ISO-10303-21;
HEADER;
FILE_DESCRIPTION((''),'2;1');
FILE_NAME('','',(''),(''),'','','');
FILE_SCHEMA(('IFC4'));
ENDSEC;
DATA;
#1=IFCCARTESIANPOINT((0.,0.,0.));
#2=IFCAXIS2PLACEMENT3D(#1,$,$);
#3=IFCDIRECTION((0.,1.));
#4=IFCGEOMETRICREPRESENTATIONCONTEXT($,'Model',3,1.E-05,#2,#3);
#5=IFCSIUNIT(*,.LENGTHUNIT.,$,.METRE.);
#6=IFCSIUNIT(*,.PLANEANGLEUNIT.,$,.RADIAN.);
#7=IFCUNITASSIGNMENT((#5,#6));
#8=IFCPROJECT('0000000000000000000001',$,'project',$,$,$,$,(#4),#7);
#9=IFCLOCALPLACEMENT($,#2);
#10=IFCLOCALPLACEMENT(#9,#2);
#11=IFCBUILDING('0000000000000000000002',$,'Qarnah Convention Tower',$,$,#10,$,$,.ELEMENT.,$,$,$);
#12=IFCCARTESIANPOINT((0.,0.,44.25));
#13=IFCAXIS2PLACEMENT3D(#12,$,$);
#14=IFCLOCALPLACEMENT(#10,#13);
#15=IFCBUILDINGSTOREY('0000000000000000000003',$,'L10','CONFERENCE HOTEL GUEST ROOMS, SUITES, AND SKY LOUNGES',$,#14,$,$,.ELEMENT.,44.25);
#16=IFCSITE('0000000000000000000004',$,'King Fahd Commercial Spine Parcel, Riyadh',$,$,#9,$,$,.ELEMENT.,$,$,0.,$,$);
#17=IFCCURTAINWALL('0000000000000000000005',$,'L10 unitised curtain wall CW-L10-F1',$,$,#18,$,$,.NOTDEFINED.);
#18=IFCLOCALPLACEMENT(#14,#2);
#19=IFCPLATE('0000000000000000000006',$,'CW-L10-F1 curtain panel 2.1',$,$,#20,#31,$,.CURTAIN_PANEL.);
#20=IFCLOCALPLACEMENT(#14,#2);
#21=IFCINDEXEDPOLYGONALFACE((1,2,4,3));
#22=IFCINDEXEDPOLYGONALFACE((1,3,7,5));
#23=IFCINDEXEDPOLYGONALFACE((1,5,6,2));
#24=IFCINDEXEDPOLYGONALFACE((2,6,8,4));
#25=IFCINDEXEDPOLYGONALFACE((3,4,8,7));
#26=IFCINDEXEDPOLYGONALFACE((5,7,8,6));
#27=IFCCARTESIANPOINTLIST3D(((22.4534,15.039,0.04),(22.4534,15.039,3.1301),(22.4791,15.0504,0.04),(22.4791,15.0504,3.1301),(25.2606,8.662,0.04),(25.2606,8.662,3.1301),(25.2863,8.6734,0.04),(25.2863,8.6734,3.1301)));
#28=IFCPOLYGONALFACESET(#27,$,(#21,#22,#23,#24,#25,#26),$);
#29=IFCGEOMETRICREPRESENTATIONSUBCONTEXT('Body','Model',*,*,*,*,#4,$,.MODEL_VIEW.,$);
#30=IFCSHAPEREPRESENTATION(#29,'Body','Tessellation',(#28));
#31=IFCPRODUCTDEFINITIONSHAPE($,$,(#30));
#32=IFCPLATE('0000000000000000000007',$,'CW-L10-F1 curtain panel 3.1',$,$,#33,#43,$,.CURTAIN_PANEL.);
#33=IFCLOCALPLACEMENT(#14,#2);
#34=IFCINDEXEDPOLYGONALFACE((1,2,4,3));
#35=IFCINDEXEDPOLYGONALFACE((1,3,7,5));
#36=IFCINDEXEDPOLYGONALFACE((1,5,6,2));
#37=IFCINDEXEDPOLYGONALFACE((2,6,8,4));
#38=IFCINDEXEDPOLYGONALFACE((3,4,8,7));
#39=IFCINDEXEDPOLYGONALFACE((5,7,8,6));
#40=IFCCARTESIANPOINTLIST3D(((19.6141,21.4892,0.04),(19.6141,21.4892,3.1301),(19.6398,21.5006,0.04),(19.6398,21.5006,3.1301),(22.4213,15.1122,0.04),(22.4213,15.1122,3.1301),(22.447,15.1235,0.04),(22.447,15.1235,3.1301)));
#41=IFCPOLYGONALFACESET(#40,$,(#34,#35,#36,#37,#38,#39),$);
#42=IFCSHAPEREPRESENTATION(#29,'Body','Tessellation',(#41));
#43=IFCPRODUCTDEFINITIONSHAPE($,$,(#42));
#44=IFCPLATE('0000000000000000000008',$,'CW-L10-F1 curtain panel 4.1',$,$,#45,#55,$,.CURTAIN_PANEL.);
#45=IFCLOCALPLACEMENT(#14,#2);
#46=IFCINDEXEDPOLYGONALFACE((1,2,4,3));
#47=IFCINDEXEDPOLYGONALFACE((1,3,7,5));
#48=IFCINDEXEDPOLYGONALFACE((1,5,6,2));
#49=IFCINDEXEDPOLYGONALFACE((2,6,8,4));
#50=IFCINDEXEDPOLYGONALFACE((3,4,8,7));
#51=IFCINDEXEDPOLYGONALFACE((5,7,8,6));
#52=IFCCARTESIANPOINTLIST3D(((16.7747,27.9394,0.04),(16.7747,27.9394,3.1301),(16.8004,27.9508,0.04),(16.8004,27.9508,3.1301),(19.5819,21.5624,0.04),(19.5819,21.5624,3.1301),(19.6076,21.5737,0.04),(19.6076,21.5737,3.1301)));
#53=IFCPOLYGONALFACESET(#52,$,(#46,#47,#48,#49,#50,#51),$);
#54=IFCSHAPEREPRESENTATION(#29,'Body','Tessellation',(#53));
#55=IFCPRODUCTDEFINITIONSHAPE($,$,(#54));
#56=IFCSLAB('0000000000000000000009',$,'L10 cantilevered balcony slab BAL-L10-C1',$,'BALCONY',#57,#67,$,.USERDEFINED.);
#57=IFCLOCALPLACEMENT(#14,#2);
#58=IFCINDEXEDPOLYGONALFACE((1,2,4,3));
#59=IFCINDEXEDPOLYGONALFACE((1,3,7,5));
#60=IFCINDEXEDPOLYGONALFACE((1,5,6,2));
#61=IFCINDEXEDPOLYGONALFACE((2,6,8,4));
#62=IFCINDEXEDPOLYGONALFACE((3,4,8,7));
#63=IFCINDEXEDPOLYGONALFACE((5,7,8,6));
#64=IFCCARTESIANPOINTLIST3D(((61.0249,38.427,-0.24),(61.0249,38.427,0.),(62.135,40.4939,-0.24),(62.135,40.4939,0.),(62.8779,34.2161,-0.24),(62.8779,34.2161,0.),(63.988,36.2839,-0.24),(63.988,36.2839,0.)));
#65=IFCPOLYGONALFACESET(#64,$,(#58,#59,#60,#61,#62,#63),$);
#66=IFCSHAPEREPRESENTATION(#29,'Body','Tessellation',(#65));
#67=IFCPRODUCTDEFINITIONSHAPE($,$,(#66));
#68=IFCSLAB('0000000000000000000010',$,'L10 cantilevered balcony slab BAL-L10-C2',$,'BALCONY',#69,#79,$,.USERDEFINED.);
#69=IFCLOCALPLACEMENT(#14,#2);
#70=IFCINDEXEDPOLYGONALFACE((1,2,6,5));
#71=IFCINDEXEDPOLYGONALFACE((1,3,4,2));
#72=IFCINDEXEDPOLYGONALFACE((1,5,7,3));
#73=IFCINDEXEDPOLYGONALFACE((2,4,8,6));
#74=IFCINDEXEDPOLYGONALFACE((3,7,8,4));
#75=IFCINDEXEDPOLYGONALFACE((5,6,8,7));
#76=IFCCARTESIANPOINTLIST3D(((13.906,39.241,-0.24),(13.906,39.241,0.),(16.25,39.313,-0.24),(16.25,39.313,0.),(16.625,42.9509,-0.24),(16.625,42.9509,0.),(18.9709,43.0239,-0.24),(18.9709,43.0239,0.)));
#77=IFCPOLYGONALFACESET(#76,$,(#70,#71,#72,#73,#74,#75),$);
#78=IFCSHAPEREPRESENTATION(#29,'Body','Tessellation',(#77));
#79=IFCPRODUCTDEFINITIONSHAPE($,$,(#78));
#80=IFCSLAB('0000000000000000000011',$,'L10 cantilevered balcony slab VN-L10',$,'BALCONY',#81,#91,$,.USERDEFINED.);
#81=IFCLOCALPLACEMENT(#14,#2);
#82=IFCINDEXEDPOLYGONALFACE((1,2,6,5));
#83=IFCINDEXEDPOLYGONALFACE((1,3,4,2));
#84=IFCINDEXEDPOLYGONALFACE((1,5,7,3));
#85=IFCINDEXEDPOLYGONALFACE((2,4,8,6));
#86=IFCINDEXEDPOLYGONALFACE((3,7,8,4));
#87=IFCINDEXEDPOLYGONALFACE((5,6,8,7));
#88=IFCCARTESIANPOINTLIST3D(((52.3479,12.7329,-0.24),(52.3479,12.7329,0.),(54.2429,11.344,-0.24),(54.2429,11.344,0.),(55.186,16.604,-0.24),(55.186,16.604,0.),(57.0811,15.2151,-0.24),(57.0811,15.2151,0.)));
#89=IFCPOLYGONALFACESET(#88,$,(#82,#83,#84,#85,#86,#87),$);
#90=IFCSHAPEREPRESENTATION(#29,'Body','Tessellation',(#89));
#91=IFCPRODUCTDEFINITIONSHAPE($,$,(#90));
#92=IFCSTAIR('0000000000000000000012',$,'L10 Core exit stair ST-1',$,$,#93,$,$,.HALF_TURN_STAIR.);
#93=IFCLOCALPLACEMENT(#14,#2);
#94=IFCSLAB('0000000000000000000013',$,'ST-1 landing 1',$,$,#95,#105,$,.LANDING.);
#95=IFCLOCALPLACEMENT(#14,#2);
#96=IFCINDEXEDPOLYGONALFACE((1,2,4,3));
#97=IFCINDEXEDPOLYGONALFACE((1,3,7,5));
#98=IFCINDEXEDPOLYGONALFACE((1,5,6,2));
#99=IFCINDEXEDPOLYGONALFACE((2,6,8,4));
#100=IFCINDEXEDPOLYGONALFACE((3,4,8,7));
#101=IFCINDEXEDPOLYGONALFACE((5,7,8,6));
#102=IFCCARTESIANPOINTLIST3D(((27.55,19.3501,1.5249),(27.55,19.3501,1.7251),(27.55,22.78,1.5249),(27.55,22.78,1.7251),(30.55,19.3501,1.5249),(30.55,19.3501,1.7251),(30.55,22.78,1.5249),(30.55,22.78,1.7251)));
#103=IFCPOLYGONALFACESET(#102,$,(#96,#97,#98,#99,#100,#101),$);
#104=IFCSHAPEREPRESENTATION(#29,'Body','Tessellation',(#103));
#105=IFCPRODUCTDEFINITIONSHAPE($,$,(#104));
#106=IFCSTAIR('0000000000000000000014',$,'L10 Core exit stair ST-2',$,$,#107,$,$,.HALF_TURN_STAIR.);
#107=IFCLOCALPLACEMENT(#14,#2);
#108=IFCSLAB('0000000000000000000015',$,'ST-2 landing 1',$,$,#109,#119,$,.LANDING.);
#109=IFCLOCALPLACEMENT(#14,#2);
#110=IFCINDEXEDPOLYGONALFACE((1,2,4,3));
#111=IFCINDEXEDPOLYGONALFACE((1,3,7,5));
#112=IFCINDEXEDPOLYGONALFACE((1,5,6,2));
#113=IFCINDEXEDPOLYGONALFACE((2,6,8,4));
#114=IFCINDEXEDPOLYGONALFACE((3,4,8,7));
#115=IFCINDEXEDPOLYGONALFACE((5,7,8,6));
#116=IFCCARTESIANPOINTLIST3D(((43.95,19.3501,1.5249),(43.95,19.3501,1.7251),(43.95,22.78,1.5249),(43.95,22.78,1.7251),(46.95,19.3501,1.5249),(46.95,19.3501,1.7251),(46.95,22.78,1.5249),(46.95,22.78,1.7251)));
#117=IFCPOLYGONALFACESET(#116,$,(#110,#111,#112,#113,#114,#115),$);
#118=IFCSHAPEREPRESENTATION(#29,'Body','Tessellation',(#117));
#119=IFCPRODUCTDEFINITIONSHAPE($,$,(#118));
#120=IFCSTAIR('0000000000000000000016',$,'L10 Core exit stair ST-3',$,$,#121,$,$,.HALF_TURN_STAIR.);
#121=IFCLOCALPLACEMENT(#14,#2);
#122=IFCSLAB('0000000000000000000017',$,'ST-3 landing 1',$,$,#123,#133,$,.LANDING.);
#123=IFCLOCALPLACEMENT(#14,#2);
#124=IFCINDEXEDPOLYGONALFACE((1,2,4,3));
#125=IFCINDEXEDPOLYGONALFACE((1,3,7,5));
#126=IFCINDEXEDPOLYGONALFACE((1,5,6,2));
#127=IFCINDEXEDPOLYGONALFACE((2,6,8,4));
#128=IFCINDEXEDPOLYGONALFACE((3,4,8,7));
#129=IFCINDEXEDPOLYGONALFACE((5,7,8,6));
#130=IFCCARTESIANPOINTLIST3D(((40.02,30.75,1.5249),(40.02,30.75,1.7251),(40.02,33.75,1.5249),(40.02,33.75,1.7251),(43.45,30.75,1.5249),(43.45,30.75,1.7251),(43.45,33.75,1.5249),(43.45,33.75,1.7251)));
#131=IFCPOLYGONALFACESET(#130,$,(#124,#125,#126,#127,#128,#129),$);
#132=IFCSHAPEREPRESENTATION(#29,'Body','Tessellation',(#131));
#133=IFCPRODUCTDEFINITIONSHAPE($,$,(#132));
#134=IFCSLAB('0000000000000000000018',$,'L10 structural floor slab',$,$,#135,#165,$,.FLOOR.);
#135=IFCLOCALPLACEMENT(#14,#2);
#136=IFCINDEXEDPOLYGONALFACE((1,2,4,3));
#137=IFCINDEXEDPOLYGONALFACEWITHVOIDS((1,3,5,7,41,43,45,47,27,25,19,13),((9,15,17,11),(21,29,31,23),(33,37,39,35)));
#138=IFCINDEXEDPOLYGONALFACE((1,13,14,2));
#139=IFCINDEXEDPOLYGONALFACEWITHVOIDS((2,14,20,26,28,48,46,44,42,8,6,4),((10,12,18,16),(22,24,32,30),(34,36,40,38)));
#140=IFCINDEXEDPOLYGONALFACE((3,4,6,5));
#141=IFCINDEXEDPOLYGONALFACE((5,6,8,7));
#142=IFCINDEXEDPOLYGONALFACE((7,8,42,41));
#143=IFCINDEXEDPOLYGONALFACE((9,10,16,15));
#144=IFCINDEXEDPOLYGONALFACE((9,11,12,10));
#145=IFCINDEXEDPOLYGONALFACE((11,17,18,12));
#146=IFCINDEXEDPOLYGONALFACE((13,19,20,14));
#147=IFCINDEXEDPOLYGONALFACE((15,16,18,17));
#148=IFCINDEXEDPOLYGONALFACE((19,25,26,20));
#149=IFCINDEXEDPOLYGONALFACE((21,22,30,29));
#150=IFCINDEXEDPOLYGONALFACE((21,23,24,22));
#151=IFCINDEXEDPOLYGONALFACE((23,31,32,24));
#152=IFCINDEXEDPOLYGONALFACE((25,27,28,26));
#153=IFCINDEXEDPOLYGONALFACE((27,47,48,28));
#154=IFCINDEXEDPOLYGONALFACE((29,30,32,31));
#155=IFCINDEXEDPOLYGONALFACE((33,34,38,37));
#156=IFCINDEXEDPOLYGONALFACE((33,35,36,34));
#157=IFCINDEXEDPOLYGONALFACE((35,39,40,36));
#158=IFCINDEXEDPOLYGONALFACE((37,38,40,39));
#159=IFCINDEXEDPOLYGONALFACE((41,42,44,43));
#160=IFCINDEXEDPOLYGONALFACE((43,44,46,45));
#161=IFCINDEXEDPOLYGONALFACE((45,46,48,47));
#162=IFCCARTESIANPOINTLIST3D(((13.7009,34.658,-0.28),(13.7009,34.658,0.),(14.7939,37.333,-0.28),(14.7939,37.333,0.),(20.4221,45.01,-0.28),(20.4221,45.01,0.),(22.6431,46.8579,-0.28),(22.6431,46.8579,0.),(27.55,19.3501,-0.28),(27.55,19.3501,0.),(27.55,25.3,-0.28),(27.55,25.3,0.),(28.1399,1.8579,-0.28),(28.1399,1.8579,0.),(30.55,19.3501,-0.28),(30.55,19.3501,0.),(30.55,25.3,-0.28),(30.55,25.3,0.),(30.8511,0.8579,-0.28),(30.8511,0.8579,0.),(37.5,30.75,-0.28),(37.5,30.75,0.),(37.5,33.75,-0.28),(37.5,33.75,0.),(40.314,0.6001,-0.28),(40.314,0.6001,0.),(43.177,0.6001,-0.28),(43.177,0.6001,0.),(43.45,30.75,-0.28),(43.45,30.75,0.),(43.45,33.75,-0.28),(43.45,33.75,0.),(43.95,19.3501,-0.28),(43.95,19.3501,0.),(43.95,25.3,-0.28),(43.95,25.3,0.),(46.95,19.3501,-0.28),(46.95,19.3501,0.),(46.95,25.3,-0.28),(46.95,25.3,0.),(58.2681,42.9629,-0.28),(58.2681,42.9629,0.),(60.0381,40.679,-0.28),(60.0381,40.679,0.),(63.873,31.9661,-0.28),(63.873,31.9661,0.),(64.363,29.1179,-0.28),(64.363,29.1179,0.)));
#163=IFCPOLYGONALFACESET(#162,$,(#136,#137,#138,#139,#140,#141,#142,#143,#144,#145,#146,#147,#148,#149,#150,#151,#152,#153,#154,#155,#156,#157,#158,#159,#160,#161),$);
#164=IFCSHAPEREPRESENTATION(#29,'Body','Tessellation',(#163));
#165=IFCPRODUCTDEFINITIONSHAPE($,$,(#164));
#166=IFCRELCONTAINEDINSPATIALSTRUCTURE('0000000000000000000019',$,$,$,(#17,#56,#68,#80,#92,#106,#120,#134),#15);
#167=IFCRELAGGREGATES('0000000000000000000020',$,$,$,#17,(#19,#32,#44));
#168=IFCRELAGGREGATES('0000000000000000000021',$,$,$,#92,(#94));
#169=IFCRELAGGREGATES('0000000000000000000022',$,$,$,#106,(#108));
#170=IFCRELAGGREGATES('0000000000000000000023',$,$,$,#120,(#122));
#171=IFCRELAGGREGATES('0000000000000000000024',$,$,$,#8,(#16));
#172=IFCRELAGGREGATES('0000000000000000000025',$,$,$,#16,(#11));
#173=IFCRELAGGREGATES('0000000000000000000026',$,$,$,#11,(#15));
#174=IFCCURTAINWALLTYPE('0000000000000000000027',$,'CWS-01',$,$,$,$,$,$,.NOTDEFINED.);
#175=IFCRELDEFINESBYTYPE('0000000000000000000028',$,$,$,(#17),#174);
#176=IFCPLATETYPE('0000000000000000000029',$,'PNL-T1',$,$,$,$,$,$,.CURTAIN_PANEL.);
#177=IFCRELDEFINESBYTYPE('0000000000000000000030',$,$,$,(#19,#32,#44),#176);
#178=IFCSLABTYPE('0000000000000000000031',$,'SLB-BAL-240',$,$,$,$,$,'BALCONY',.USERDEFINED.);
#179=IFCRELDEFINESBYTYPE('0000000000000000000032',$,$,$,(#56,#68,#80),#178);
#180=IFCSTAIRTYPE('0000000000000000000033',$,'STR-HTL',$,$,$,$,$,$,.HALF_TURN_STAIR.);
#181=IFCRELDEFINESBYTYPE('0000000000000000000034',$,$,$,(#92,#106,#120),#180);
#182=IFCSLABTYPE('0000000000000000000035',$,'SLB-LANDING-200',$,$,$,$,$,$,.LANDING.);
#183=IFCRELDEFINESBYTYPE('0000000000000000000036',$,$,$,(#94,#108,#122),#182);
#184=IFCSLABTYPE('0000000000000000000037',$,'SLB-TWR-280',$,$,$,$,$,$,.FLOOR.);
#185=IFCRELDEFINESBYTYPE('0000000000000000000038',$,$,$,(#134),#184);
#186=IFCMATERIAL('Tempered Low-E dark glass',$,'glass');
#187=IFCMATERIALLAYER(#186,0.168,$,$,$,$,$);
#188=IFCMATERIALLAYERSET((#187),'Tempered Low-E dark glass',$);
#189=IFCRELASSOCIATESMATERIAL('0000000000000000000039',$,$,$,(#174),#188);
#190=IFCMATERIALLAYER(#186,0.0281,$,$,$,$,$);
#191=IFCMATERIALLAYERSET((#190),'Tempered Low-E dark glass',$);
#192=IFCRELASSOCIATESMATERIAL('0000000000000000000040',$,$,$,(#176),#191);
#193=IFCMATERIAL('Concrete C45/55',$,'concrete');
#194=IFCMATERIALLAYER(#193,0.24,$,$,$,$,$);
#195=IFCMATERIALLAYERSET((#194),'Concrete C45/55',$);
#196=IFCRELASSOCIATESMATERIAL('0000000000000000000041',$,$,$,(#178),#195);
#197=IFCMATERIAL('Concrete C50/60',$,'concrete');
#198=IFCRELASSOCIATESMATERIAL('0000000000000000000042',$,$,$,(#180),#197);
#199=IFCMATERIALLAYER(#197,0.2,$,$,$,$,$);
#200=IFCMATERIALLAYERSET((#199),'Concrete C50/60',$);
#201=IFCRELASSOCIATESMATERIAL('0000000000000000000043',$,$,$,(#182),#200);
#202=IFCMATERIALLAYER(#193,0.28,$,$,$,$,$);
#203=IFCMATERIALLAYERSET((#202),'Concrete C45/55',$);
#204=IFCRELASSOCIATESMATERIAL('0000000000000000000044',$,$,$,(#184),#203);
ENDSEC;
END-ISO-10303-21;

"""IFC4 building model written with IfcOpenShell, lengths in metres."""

from ifc_helpers import new_model, si_unit, direction, frame, origin, origin_2d, place, context, subcontext, project, spatial, polyline, rectangle, outline, extrude, material, layer, layer_set, type_object, element, aggregate, save


model = new_model("IFC4")

# Units and contexts
model_context = context("Model", 3, precision=1e-05, world=origin(), true_north=direction((0.0, 1.0)))
body_context = subcontext(model_context, "Body", "Model", "MODEL_VIEW")
ifc_project = project(units=[si_unit("LENGTHUNIT", "METRE"), si_unit("PLANEANGLEUNIT", "RADIAN")], contexts=[model_context])

# Site, building, storey
site_placement = place(None, origin())
site = spatial("IfcSite", under=ifc_project, at=site_placement, Name="King Fahd Commercial Spine Parcel, Riyadh", CompositionType="ELEMENT", RefElevation=0.0)
building_placement = place(site_placement, origin())
building = spatial("IfcBuilding", under=site, at=building_placement, Name="Qarnah Convention Tower", CompositionType="ELEMENT")
storey_placement = place(building_placement, frame((0.0, 0.0, 44.25)))
storey = spatial("IfcBuildingStorey", under=building, at=storey_placement, Name="L10", Description="CONFERENCE HOTEL GUEST ROOMS, SUITES, AND SKY LOUNGES", CompositionType="ELEMENT", Elevation=44.25)

# Curtain wall, plates
ifc_material_1 = material(Name="Tempered Low-E dark glass", Category="glass")
ifc_layer_1 = layer(ifc_material_1, 0.168)
ifc_layer_set_1 = layer_set([ifc_layer_1], Name="Tempered Low-E dark glass")
curtain_wall_type = type_object("IfcCurtainWallType", Name="CWS-01", PredefinedType="NOTDEFINED", material=ifc_layer_set_1)
curtain_wall_placement = place(storey_placement, origin())
curtain_wall = element("IfcCurtainWall", 1, at=curtain_wall_placement, inside=storey, type_object=curtain_wall_type, Name="L10 unitised curtain wall CW-L10-F1", PredefinedType="NOTDEFINED")
ifc_layer_2 = layer(ifc_material_1, 0.0281)
ifc_layer_set_2 = layer_set([ifc_layer_2], Name="Tempered Low-E dark glass")
plate_type = type_object("IfcPlateType", Name="PNL-T1", PredefinedType="CURTAIN_PANEL", material=ifc_layer_set_2)
plate_1_placement = place(storey_placement, frame((23.8699, 11.8562, 0.04), z_axis=(0.0, 0.0, 1.0), x_axis=(-0.402895, 0.915246, 0.0)))
plate_1 = element("IfcPlate", 2, at=plate_1_placement, type_object=plate_type, Name="CW-L10-F1 curtain panel 2.1", PredefinedType="CURTAIN_PANEL", context=body_context, shape_type="SweptSolid", body=[
    extrude(rectangle(XDim=6.9675, YDim=0.0281, at=origin_2d()), origin(), (0.0, 0.0, 1.0), 3.0901),
])
plate_2_placement = place(storey_placement, frame((21.0305, 18.3064, 0.04), z_axis=(0.0, 0.0, 1.0), x_axis=(-0.402895, 0.915246, 0.0)))
plate_2 = element("IfcPlate", 3, at=plate_2_placement, type_object=plate_type, Name="CW-L10-F1 curtain panel 3.1", PredefinedType="CURTAIN_PANEL", context=body_context, shape_type="SweptSolid", body=[
    extrude(rectangle(XDim=6.9675, YDim=0.0281, at=origin_2d()), origin(), (0.0, 0.0, 1.0), 3.0901),
])
plate_3_placement = place(storey_placement, frame((18.1912, 24.7566, 0.04), z_axis=(0.0, 0.0, 1.0), x_axis=(-0.402895, 0.915246, 0.0)))
plate_3 = element("IfcPlate", 4, at=plate_3_placement, type_object=plate_type, Name="CW-L10-F1 curtain panel 4.1", PredefinedType="CURTAIN_PANEL", context=body_context, shape_type="SweptSolid", body=[
    extrude(rectangle(XDim=6.9675, YDim=0.0281, at=origin_2d()), origin(), (0.0, 0.0, 1.0), 3.0901),
])
aggregate(curtain_wall, [plate_1, plate_2, plate_3])

# Slabs
ifc_material_2 = material(Name="Concrete C45/55", Category="concrete")
ifc_layer_3 = layer(ifc_material_2, 0.24)
ifc_layer_set_3 = layer_set([ifc_layer_3], Name="Concrete C45/55")
slab_type_1 = type_object("IfcSlabType", Name="SLB-BAL-240", ElementType="BALCONY", PredefinedType="USERDEFINED", material=ifc_layer_set_3)
slab_1_placement = place(storey_placement, frame((0.0, 0.0, -0.24)))
element("IfcSlab", 5, at=slab_1_placement, inside=storey, type_object=slab_type_1, Name="L10 cantilevered balcony slab BAL-L10-C1", ObjectType="BALCONY", PredefinedType="USERDEFINED", context=body_context, shape_type="SweptSolid", body=[
    extrude(outline(polyline([(62.135, 40.4939), (63.988, 36.2839), (62.8779, 34.2161), (61.0249, 38.427), (62.135, 40.4939)])), origin(), (0.0, 0.0, 1.0), 0.24),
])
slab_2_placement = place(storey_placement, frame((0.0, 0.0, -0.24)))
element("IfcSlab", 6, at=slab_2_placement, inside=storey, type_object=slab_type_1, Name="L10 cantilevered balcony slab BAL-L10-C2", ObjectType="BALCONY", PredefinedType="USERDEFINED", context=body_context, shape_type="SweptSolid", body=[
    extrude(outline(polyline([(13.906, 39.241), (16.625, 42.9509), (18.9709, 43.0239), (16.25, 39.313), (13.906, 39.241)])), origin(), (0.0, 0.0, 1.0), 0.24),
])
slab_3_placement = place(storey_placement, frame((0.0, 0.0, -0.24)))
element("IfcSlab", 7, at=slab_3_placement, inside=storey, type_object=slab_type_1, Name="L10 cantilevered balcony slab VN-L10", ObjectType="BALCONY", PredefinedType="USERDEFINED", context=body_context, shape_type="SweptSolid", body=[
    extrude(outline(polyline([(55.186, 16.604), (57.0811, 15.2151), (54.2429, 11.344), (52.3479, 12.7329), (55.186, 16.604)])), origin(), (0.0, 0.0, 1.0), 0.24),
])

# Stairs, slabs
ifc_material_3 = material(Name="Concrete C50/60", Category="concrete")
stair_type = type_object("IfcStairType", Name="STR-HTL", PredefinedType="HALF_TURN_STAIR", material=ifc_material_3)
stair_1_placement = place(storey_placement, origin())
stair_1 = element("IfcStair", 8, at=stair_1_placement, inside=storey, type_object=stair_type, Name="L10 Core exit stair ST-1", PredefinedType="HALF_TURN_STAIR")
ifc_layer_4 = layer(ifc_material_3, 0.2)
ifc_layer_set_4 = layer_set([ifc_layer_4], Name="Concrete C50/60")
slab_type_2 = type_object("IfcSlabType", Name="SLB-LANDING-200", PredefinedType="LANDING", material=ifc_layer_set_4)
slab_4_placement = place(storey_placement, frame((0.0, 0.0, 1.5249)))
slab_4 = element("IfcSlab", 9, at=slab_4_placement, type_object=slab_type_2, Name="ST-1 landing 1", PredefinedType="LANDING", context=body_context, shape_type="SweptSolid", body=[
    extrude(outline(polyline([(27.55, 22.78), (27.55, 19.3501), (30.55, 19.3501), (30.55, 22.78), (27.55, 22.78)])), origin(), (0.0, 0.0, 1.0), 0.2002),
])
aggregate(stair_1, [slab_4])
stair_2_placement = place(storey_placement, origin())
stair_2 = element("IfcStair", 10, at=stair_2_placement, inside=storey, type_object=stair_type, Name="L10 Core exit stair ST-2", PredefinedType="HALF_TURN_STAIR")
slab_5_placement = place(storey_placement, frame((0.0, 0.0, 1.5249)))
slab_5 = element("IfcSlab", 11, at=slab_5_placement, type_object=slab_type_2, Name="ST-2 landing 1", PredefinedType="LANDING", context=body_context, shape_type="SweptSolid", body=[
    extrude(outline(polyline([(43.95, 22.78), (43.95, 19.3501), (46.95, 19.3501), (46.95, 22.78), (43.95, 22.78)])), origin(), (0.0, 0.0, 1.0), 0.2002),
])
aggregate(stair_2, [slab_5])
stair_3_placement = place(storey_placement, origin())
stair_3 = element("IfcStair", 12, at=stair_3_placement, inside=storey, type_object=stair_type, Name="L10 Core exit stair ST-3", PredefinedType="HALF_TURN_STAIR")
slab_6_placement = place(storey_placement, frame((0.0, 0.0, 1.5249)))
slab_6 = element("IfcSlab", 13, at=slab_6_placement, type_object=slab_type_2, Name="ST-3 landing 1", PredefinedType="LANDING", context=body_context, shape_type="SweptSolid", body=[
    extrude(outline(polyline([(40.02, 30.75), (43.45, 30.75), (43.45, 33.75), (40.02, 33.75), (40.02, 30.75)])), origin(), (0.0, 0.0, 1.0), 0.2002),
])
aggregate(stair_3, [slab_6])

# Slab
ifc_layer_5 = layer(ifc_material_2, 0.28)
ifc_layer_set_5 = layer_set([ifc_layer_5], Name="Concrete C45/55")
slab_type_3 = type_object("IfcSlabType", Name="SLB-TWR-280", PredefinedType="FLOOR", material=ifc_layer_set_5)
slab_7_placement = place(storey_placement, frame((0.0, 0.0, -0.28)))
element("IfcSlab", 14, at=slab_7_placement, inside=storey, type_object=slab_type_3, Name="L10 structural floor slab", PredefinedType="FLOOR", context=body_context, shape_type="SweptSolid", body=[
    extrude(outline(polyline([(58.2681, 42.9629), (22.6431, 46.8579), (20.4221, 45.01), (14.7939, 37.333), (13.7009, 34.658), (28.1399, 1.8579), (30.8511, 0.8579), (40.314, 0.6001), (43.177, 0.6001), (64.363, 29.1179), (63.873, 31.9661), (60.0381, 40.679), (58.2681, 42.9629)]), holes=[polyline([(27.55, 25.3), (27.55, 19.3501), (30.55, 19.3501), (30.55, 25.3), (27.55, 25.3)]), polyline([(43.95, 25.3), (43.95, 19.3501), (46.95, 19.3501), (46.95, 25.3), (43.95, 25.3)]), polyline([(37.5, 30.75), (43.45, 30.75), (43.45, 33.75), (37.5, 33.75), (37.5, 30.75)])]), origin(), (0.0, 0.0, 1.0), 0.28),
])

save(model, "model.ifc")
